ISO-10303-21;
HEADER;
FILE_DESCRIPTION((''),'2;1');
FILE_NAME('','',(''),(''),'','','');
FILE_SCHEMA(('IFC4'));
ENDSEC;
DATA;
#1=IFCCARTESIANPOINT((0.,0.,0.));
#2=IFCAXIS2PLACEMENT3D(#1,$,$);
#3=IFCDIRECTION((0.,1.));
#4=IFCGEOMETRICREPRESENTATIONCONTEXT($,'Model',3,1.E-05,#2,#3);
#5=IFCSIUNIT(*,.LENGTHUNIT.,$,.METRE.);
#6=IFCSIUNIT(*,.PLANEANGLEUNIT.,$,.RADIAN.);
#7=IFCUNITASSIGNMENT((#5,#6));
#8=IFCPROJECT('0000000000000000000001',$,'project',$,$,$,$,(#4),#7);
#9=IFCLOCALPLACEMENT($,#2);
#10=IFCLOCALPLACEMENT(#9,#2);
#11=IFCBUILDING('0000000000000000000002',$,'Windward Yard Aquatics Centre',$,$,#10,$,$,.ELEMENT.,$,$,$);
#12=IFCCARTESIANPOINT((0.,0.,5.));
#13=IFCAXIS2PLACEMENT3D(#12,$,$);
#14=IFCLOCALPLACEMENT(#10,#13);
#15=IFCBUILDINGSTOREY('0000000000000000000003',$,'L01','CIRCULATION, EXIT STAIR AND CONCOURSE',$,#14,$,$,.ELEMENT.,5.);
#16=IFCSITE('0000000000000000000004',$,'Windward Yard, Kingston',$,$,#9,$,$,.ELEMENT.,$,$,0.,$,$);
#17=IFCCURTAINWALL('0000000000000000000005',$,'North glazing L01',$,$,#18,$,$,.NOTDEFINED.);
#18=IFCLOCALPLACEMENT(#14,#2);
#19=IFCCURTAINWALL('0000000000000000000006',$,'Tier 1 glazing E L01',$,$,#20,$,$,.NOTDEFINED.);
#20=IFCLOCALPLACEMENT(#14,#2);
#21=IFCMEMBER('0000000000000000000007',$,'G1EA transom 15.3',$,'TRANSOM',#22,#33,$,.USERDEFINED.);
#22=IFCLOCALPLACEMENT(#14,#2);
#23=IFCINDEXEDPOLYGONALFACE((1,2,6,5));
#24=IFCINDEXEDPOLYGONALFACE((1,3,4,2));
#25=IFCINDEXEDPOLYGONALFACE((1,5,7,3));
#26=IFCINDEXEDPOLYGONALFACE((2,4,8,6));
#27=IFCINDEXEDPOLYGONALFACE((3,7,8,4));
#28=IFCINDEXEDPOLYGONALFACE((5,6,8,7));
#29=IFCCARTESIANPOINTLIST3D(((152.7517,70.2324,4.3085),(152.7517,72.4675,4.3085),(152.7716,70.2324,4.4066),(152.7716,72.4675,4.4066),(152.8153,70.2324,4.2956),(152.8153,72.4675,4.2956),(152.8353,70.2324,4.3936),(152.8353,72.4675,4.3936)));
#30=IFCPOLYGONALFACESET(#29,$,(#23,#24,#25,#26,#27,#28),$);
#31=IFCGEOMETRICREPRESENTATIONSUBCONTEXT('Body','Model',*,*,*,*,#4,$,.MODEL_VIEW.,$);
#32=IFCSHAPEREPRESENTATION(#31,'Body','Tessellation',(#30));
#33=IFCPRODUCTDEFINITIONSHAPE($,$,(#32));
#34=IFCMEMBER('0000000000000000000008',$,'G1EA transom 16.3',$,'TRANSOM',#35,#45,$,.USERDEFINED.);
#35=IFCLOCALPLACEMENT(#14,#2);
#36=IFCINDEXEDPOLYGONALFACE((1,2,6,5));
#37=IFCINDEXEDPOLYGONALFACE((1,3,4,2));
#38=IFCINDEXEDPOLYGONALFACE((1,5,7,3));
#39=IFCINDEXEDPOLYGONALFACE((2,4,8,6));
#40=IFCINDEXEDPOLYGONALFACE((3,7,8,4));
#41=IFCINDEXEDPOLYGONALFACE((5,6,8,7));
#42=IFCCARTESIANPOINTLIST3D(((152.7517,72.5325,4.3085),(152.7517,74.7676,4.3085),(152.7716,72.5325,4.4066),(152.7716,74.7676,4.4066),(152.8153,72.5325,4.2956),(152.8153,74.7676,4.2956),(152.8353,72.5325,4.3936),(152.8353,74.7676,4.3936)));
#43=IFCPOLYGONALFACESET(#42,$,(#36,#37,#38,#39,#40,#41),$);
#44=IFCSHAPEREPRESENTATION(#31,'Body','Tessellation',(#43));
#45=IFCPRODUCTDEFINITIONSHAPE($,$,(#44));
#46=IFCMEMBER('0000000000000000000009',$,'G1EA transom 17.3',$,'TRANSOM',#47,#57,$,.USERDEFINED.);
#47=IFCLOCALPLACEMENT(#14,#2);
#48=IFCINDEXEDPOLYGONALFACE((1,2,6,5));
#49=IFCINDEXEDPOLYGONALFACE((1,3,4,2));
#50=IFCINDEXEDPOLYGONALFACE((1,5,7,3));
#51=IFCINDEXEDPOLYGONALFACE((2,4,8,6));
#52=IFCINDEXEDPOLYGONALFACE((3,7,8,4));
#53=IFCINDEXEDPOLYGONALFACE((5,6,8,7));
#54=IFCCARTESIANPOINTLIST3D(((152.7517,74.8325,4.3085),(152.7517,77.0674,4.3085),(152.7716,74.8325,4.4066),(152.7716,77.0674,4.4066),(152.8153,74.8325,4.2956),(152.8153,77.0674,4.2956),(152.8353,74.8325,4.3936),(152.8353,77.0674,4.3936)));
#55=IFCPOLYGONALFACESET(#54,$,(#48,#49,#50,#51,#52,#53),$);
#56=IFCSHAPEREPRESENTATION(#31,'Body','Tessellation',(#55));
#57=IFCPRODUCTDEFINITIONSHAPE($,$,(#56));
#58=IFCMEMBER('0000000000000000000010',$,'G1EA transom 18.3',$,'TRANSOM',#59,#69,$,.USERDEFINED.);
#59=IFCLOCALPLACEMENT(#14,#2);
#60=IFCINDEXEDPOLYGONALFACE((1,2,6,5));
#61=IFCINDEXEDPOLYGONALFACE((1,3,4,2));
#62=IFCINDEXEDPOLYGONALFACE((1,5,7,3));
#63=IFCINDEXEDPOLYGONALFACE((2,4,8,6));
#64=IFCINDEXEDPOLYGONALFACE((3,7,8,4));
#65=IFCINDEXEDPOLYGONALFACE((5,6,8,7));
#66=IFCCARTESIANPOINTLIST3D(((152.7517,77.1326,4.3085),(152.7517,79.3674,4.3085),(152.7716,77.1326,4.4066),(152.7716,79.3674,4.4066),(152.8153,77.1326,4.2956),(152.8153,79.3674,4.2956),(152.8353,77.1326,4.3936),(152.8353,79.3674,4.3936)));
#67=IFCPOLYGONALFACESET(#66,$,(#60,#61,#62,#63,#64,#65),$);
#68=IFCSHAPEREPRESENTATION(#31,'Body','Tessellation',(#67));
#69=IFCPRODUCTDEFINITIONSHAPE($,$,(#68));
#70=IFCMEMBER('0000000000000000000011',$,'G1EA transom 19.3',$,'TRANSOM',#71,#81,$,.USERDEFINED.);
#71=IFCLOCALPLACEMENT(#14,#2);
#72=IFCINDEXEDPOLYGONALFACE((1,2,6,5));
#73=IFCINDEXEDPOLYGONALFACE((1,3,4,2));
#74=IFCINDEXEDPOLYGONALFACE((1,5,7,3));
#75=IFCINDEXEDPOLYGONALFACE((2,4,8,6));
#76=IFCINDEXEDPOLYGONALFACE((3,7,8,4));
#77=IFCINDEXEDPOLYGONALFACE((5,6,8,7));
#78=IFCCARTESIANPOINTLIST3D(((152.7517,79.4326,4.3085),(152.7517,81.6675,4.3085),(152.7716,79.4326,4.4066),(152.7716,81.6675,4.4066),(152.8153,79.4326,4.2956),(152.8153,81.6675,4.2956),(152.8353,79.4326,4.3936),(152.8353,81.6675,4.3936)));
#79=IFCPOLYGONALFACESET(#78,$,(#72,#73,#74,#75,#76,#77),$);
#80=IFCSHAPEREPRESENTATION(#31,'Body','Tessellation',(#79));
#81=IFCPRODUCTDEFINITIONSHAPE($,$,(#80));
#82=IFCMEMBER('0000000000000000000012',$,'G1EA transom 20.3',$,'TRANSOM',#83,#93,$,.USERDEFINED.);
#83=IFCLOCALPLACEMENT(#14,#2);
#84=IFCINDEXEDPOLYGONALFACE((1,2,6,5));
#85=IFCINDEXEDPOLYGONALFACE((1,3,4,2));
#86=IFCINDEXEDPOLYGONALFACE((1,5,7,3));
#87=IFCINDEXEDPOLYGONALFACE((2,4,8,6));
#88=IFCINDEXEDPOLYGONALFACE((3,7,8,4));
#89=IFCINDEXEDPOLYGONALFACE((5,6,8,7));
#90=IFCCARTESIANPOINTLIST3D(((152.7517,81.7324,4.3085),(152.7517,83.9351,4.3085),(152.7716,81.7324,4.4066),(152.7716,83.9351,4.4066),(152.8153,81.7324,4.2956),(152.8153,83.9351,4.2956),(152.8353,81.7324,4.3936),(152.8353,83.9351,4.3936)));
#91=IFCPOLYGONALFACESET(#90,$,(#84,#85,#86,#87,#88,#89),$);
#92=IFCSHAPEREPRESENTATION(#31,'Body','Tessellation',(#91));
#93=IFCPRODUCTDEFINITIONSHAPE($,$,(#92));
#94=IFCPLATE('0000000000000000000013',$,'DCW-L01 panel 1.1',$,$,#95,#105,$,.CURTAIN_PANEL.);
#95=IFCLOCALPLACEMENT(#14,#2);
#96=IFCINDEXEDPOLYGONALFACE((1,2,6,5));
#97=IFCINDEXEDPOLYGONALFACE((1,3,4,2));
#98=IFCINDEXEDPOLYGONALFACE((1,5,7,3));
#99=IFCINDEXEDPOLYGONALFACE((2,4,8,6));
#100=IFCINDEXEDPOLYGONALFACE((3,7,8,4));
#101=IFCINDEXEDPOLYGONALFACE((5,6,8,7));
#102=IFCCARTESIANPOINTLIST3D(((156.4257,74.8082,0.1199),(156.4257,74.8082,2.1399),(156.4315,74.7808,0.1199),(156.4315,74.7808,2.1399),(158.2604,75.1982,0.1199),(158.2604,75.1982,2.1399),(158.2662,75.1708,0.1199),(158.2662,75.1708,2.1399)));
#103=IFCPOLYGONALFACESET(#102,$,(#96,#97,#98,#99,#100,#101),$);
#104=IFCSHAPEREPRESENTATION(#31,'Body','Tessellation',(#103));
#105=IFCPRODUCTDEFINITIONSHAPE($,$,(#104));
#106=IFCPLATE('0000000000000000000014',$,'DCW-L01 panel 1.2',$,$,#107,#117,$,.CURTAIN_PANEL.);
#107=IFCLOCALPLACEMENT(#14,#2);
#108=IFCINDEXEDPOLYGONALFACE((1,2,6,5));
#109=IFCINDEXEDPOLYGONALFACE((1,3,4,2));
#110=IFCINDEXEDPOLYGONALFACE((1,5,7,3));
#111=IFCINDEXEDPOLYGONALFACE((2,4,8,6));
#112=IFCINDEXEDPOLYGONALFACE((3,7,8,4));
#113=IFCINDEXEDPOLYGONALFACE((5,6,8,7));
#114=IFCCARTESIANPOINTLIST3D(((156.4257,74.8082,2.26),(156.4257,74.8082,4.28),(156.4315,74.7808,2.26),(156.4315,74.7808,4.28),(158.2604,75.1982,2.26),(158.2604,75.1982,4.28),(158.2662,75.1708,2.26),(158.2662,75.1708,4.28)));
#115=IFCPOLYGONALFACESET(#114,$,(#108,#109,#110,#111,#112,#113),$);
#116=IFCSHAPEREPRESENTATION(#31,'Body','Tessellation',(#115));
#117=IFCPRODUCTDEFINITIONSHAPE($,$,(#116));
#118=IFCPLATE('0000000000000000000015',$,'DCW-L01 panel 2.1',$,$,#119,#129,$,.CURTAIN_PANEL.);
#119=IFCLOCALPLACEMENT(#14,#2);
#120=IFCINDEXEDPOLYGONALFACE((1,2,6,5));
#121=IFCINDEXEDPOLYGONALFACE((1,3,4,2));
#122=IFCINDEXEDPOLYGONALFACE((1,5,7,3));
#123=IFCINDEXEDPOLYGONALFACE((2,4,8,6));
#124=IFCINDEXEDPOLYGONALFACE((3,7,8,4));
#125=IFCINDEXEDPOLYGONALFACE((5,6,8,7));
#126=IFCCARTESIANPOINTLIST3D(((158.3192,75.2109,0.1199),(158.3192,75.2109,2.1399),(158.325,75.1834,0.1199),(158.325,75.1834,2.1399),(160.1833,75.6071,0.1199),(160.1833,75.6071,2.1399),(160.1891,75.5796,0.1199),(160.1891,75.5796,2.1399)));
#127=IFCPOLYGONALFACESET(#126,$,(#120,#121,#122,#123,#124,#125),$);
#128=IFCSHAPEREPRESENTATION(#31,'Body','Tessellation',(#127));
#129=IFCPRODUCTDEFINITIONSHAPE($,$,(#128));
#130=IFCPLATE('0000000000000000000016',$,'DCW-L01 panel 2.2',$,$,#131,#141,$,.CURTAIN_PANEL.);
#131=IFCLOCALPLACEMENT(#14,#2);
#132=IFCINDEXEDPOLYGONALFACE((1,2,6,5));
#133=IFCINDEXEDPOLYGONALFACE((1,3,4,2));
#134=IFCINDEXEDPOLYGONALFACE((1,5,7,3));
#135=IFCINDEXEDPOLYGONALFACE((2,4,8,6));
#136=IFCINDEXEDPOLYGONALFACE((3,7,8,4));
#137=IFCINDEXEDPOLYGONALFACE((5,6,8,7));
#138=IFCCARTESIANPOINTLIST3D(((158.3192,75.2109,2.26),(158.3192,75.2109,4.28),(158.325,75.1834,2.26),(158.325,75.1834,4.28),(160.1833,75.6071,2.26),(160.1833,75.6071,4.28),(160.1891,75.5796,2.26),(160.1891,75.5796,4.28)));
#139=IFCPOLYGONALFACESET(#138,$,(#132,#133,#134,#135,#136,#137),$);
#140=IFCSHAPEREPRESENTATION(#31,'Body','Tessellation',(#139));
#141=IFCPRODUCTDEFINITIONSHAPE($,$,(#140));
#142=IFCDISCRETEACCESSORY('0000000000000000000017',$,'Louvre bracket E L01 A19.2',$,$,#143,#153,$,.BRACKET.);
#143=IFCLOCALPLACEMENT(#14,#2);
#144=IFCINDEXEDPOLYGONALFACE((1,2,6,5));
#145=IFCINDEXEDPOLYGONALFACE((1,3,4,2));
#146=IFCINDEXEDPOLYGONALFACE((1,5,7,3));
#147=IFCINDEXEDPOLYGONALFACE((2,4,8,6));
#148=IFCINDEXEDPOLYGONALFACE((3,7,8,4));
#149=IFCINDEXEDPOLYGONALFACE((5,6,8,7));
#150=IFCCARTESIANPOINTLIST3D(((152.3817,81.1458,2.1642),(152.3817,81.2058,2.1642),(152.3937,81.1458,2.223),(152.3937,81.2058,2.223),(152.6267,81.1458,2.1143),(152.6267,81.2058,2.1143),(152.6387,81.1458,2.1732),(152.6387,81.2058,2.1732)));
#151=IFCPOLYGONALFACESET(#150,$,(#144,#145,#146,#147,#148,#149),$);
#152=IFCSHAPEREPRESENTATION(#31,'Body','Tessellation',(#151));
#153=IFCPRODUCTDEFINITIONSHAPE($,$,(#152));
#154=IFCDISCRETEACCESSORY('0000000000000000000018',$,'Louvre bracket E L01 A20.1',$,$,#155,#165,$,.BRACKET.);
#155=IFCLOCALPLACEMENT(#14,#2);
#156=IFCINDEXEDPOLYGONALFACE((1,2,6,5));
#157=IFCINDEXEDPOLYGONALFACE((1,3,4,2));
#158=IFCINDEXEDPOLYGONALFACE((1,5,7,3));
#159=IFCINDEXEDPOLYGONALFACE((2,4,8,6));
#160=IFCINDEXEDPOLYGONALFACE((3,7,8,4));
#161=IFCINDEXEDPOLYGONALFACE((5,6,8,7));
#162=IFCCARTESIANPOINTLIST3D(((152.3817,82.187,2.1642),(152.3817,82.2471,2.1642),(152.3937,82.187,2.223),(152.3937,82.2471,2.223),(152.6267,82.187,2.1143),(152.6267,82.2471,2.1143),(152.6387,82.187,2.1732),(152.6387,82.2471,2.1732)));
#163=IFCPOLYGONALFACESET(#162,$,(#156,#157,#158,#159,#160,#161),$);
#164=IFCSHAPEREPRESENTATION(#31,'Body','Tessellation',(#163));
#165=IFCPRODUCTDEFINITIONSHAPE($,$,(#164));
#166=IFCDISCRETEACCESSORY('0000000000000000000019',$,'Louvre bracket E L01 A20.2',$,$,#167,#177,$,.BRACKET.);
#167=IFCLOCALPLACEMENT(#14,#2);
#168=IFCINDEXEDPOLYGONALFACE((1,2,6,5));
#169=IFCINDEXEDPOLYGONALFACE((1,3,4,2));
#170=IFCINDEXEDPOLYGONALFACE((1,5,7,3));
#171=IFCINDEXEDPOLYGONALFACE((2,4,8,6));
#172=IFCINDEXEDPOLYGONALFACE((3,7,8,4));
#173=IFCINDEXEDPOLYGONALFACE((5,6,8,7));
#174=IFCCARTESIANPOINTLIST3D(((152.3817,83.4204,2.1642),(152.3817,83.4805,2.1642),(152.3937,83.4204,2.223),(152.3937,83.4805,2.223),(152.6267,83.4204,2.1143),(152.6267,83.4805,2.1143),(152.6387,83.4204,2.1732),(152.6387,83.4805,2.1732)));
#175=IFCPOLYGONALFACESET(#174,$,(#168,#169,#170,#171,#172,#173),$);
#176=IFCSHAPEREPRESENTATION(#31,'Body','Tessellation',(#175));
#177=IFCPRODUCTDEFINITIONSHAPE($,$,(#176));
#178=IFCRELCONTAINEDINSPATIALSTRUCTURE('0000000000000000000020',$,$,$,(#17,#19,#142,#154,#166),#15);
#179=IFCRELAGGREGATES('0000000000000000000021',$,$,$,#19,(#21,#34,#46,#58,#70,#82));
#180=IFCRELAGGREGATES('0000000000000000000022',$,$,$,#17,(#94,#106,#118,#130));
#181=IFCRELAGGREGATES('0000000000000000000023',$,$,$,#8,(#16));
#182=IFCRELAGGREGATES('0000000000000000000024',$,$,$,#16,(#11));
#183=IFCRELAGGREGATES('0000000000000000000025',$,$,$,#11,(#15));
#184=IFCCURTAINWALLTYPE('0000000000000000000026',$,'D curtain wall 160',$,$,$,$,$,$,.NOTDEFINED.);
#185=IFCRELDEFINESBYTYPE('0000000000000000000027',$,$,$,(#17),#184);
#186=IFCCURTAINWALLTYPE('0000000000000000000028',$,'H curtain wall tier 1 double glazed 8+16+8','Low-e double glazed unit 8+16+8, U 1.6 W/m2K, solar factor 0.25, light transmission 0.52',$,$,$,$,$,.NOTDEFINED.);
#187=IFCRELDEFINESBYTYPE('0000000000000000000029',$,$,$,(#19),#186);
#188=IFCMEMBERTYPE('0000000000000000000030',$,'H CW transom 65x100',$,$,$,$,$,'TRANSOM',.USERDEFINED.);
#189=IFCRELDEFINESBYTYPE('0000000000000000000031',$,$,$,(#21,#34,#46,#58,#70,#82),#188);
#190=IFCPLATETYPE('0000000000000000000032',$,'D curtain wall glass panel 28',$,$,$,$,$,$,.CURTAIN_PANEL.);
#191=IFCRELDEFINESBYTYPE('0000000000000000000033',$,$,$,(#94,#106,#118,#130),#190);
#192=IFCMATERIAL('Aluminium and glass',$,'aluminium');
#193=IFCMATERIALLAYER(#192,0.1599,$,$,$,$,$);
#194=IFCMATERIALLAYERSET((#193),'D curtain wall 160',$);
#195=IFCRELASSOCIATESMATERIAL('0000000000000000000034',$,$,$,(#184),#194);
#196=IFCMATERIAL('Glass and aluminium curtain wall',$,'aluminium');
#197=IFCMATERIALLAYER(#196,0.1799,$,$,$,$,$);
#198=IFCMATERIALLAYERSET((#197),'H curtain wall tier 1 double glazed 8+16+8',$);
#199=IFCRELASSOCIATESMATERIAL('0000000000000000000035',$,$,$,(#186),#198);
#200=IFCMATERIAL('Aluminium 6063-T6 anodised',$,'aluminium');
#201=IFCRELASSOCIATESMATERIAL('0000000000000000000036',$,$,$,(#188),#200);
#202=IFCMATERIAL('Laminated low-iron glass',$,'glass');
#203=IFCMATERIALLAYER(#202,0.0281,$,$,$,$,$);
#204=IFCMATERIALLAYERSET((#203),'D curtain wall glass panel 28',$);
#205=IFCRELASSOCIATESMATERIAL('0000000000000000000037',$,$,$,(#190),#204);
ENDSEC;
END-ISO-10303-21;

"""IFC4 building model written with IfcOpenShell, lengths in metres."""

from ifc_helpers import new_model, si_unit, direction, frame, origin, origin_2d, place, context, subcontext, project, spatial, rectangle, extrude, material, layer, layer_set, material_profile, profile_set, type_object, element, aggregate, save


model = new_model("IFC4")

# Units and contexts
model_context = context("Model", 3, precision=1e-05, world=origin(), true_north=direction((0.0, 1.0)))
body_context = subcontext(model_context, "Body", "Model", "MODEL_VIEW")
ifc_project = project(units=[si_unit("LENGTHUNIT", "METRE"), si_unit("PLANEANGLEUNIT", "RADIAN")], contexts=[model_context])

# Site, building, storey
site_placement = place(None, origin())
site = spatial("IfcSite", under=ifc_project, at=site_placement, Name="Windward Yard, Kingston", CompositionType="ELEMENT", RefElevation=0.0)
building_placement = place(site_placement, origin())
building = spatial("IfcBuilding", under=site, at=building_placement, Name="Windward Yard Aquatics Centre", CompositionType="ELEMENT")
storey_placement = place(building_placement, frame((0.0, 0.0, 5.0)))
storey = spatial("IfcBuildingStorey", under=building, at=storey_placement, Name="L01", Description="CIRCULATION, EXIT STAIR AND CONCOURSE", CompositionType="ELEMENT", Elevation=5.0)

# Curtain walls, members
ifc_material_1 = material(Name="Aluminium and glass", Category="aluminium")
ifc_layer_1 = layer(ifc_material_1, 0.1599)
ifc_layer_set_1 = layer_set([ifc_layer_1], Name="D curtain wall 160")
curtain_wall_type_1 = type_object("IfcCurtainWallType", Name="D curtain wall 160", PredefinedType="NOTDEFINED", material=ifc_layer_set_1)
curtain_wall_1_placement = place(storey_placement, origin())
curtain_wall_1 = element("IfcCurtainWall", 1, at=curtain_wall_1_placement, inside=storey, type_object=curtain_wall_type_1, Name="North glazing L01", PredefinedType="NOTDEFINED")
ifc_material_2 = material(Name="Glass and aluminium curtain wall", Category="aluminium")
ifc_layer_2 = layer(ifc_material_2, 0.1799)
ifc_layer_set_2 = layer_set([ifc_layer_2], Name="H curtain wall tier 1 double glazed 8+16+8")
curtain_wall_type_2 = type_object("IfcCurtainWallType", Name="H curtain wall tier 1 double glazed 8+16+8", Description="Low-e double glazed unit 8+16+8, U 1.6 W/m2K, solar factor 0.25, light transmission 0.52", PredefinedType="NOTDEFINED", material=ifc_layer_set_2)
curtain_wall_2_placement = place(storey_placement, origin())
curtain_wall_2 = element("IfcCurtainWall", 2, at=curtain_wall_2_placement, inside=storey, type_object=curtain_wall_type_2, Name="Tier 1 glazing E L01", PredefinedType="NOTDEFINED")
ifc_material_3 = material(Name="Aluminium 6063-T6 anodised", Category="aluminium")
ifc_material_profile_1 = material_profile(ifc_material_3, rectangle(XDim=0.0649, YDim=0.1001, at=origin_2d()), Name="H CW transom 65x100")
ifc_profile_set_1 = profile_set([ifc_material_profile_1], Name="Aluminium 6063-T6 anodised")
member_type_1 = type_object("IfcMemberType", Name="H CW transom 65x100", ElementType="TRANSOM", PredefinedType="USERDEFINED", material=ifc_profile_set_1)
member_1_placement = place(storey_placement, frame((152.7935, 70.2324, 4.3511), z_axis=(0.0, 1.0, 0.0), x_axis=(-0.979925, 0.0, 0.199368)))
member_1 = element("IfcMember", 3, at=member_1_placement, type_object=member_type_1, Name="G1EA transom 15.3", ObjectType="TRANSOM", PredefinedType="USERDEFINED", context=body_context, shape_type="SweptSolid", body=[
    extrude(rectangle(XDim=0.0649, YDim=0.1001, at=origin_2d()), origin(), (0.0, 0.0, 1.0), 2.2351),
])
member_2_placement = place(storey_placement, frame((152.7935, 72.5325, 4.3511), z_axis=(0.0, 1.0, 0.0), x_axis=(-0.979925, 0.0, 0.199368)))
member_2 = element("IfcMember", 4, at=member_2_placement, type_object=member_type_1, Name="G1EA transom 16.3", ObjectType="TRANSOM", PredefinedType="USERDEFINED", context=body_context, shape_type="SweptSolid", body=[
    extrude(rectangle(XDim=0.0649, YDim=0.1001, at=origin_2d()), origin(), (0.0, 0.0, 1.0), 2.2351),
])
member_3_placement = place(storey_placement, frame((152.7935, 74.8325, 4.3511), z_axis=(0.0, 1.0, 0.0), x_axis=(-0.979925, 0.0, 0.199368)))
member_3 = element("IfcMember", 5, at=member_3_placement, type_object=member_type_1, Name="G1EA transom 17.3", ObjectType="TRANSOM", PredefinedType="USERDEFINED", context=body_context, shape_type="SweptSolid", body=[
    extrude(rectangle(XDim=0.0649, YDim=0.1001, at=origin_2d()), origin(), (0.0, 0.0, 1.0), 2.2349),
])
member_4_placement = place(storey_placement, frame((152.7935, 77.1326, 4.3511), z_axis=(0.0, 1.0, 0.0), x_axis=(-0.979925, 0.0, 0.199368)))
member_4 = element("IfcMember", 6, at=member_4_placement, type_object=member_type_1, Name="G1EA transom 18.3", ObjectType="TRANSOM", PredefinedType="USERDEFINED", context=body_context, shape_type="SweptSolid", body=[
    extrude(rectangle(XDim=0.0649, YDim=0.1001, at=origin_2d()), origin(), (0.0, 0.0, 1.0), 2.2349),
])
member_5_placement = place(storey_placement, frame((152.7935, 79.4326, 4.3511), z_axis=(0.0, 1.0, 0.0), x_axis=(-0.979925, 0.0, 0.199368)))
member_5 = element("IfcMember", 7, at=member_5_placement, type_object=member_type_1, Name="G1EA transom 19.3", ObjectType="TRANSOM", PredefinedType="USERDEFINED", context=body_context, shape_type="SweptSolid", body=[
    extrude(rectangle(XDim=0.0649, YDim=0.1001, at=origin_2d()), origin(), (0.0, 0.0, 1.0), 2.2349),
])
member_6_placement = place(storey_placement, frame((152.7935, 81.7324, 4.3511), z_axis=(0.0, 1.0, 0.0), x_axis=(-0.979925, 0.0, 0.199368)))
member_6 = element("IfcMember", 8, at=member_6_placement, type_object=member_type_1, Name="G1EA transom 20.3", ObjectType="TRANSOM", PredefinedType="USERDEFINED", context=body_context, shape_type="SweptSolid", body=[
    extrude(rectangle(XDim=0.0649, YDim=0.1001, at=origin_2d()), origin(), (0.0, 0.0, 1.0), 2.2026),
])
aggregate(curtain_wall_2, [member_1, member_2, member_3, member_4, member_5, member_6])

# Plates
ifc_material_4 = material(Name="Laminated low-iron glass", Category="glass")
ifc_layer_3 = layer(ifc_material_4, 0.0281)
ifc_layer_set_3 = layer_set([ifc_layer_3], Name="D curtain wall glass panel 28")
plate_type = type_object("IfcPlateType", Name="D curtain wall glass panel 28", PredefinedType="CURTAIN_PANEL", material=ifc_layer_set_3)
plate_1_placement = place(storey_placement, frame((157.3459, 74.9895, 0.1199), z_axis=(0.0, 0.0, 1.0), x_axis=(0.978148, 0.207912, 0.0)))
plate_1 = element("IfcPlate", 9, at=plate_1_placement, type_object=plate_type, Name="DCW-L01 panel 1.1", PredefinedType="CURTAIN_PANEL", context=body_context, shape_type="SweptSolid", body=[
    extrude(rectangle(XDim=1.8757, YDim=0.0281, at=origin_2d()), origin(), (0.0, 0.0, 1.0), 2.02),
])
plate_2_placement = place(storey_placement, frame((157.3459, 74.9895, 2.26), z_axis=(0.0, 0.0, 1.0), x_axis=(0.978148, 0.207912, 0.0)))
plate_2 = element("IfcPlate", 10, at=plate_2_placement, type_object=plate_type, Name="DCW-L01 panel 1.2", PredefinedType="CURTAIN_PANEL", context=body_context, shape_type="SweptSolid", body=[
    extrude(rectangle(XDim=1.8757, YDim=0.0281, at=origin_2d()), origin(), (0.0, 0.0, 1.0), 2.02),
])
plate_3_placement = place(storey_placement, frame((159.2542, 75.3953, 0.1199), z_axis=(0.0, 0.0, 1.0), x_axis=(0.978148, 0.207912, 0.0)))
plate_3 = element("IfcPlate", 11, at=plate_3_placement, type_object=plate_type, Name="DCW-L01 panel 2.1", PredefinedType="CURTAIN_PANEL", context=body_context, shape_type="SweptSolid", body=[
    extrude(rectangle(XDim=1.9058, YDim=0.0281, at=origin_2d()), origin(), (0.0, 0.0, 1.0), 2.02),
])
plate_4_placement = place(storey_placement, frame((159.2542, 75.3953, 2.26), z_axis=(0.0, 0.0, 1.0), x_axis=(0.978148, 0.207912, 0.0)))
plate_4 = element("IfcPlate", 12, at=plate_4_placement, type_object=plate_type, Name="DCW-L01 panel 2.2", PredefinedType="CURTAIN_PANEL", context=body_context, shape_type="SweptSolid", body=[
    extrude(rectangle(XDim=1.9058, YDim=0.0281, at=origin_2d()), origin(), (0.0, 0.0, 1.0), 2.02),
])
aggregate(curtain_wall_1, [plate_1, plate_2, plate_3, plate_4])

# Discrete accessories
for number, where, z_axis, x_axis, name in (
    (13, (152.3877, 81.1758, 2.1936), (0.979937, 0.0, -0.199309), (0.0, 1.0, 0.0), "Louvre bracket E L01 A19.2"),
    (14, (152.3877, 82.217, 2.1936), (0.979937, 0.0, -0.199309), (0.0, 1.0, 0.0), "Louvre bracket E L01 A20.1"),
    (15, (152.3877, 83.4504, 2.1936), (0.979937, 0.0, -0.199309), (0.0, 1.0, 0.0), "Louvre bracket E L01 A20.2"),
):
    element("IfcDiscreteAccessory", number, at=place(storey_placement, frame(where, z_axis=z_axis, x_axis=x_axis)), inside=storey, Name=name, PredefinedType="BRACKET", context=body_context, shape_type="SweptSolid", body=[
        extrude(rectangle(XDim=0.0601, YDim=0.0601, at=origin_2d()), origin(), (0.0, 0.0, 1.0), 0.25),
    ])

save(model, "model.ifc")
